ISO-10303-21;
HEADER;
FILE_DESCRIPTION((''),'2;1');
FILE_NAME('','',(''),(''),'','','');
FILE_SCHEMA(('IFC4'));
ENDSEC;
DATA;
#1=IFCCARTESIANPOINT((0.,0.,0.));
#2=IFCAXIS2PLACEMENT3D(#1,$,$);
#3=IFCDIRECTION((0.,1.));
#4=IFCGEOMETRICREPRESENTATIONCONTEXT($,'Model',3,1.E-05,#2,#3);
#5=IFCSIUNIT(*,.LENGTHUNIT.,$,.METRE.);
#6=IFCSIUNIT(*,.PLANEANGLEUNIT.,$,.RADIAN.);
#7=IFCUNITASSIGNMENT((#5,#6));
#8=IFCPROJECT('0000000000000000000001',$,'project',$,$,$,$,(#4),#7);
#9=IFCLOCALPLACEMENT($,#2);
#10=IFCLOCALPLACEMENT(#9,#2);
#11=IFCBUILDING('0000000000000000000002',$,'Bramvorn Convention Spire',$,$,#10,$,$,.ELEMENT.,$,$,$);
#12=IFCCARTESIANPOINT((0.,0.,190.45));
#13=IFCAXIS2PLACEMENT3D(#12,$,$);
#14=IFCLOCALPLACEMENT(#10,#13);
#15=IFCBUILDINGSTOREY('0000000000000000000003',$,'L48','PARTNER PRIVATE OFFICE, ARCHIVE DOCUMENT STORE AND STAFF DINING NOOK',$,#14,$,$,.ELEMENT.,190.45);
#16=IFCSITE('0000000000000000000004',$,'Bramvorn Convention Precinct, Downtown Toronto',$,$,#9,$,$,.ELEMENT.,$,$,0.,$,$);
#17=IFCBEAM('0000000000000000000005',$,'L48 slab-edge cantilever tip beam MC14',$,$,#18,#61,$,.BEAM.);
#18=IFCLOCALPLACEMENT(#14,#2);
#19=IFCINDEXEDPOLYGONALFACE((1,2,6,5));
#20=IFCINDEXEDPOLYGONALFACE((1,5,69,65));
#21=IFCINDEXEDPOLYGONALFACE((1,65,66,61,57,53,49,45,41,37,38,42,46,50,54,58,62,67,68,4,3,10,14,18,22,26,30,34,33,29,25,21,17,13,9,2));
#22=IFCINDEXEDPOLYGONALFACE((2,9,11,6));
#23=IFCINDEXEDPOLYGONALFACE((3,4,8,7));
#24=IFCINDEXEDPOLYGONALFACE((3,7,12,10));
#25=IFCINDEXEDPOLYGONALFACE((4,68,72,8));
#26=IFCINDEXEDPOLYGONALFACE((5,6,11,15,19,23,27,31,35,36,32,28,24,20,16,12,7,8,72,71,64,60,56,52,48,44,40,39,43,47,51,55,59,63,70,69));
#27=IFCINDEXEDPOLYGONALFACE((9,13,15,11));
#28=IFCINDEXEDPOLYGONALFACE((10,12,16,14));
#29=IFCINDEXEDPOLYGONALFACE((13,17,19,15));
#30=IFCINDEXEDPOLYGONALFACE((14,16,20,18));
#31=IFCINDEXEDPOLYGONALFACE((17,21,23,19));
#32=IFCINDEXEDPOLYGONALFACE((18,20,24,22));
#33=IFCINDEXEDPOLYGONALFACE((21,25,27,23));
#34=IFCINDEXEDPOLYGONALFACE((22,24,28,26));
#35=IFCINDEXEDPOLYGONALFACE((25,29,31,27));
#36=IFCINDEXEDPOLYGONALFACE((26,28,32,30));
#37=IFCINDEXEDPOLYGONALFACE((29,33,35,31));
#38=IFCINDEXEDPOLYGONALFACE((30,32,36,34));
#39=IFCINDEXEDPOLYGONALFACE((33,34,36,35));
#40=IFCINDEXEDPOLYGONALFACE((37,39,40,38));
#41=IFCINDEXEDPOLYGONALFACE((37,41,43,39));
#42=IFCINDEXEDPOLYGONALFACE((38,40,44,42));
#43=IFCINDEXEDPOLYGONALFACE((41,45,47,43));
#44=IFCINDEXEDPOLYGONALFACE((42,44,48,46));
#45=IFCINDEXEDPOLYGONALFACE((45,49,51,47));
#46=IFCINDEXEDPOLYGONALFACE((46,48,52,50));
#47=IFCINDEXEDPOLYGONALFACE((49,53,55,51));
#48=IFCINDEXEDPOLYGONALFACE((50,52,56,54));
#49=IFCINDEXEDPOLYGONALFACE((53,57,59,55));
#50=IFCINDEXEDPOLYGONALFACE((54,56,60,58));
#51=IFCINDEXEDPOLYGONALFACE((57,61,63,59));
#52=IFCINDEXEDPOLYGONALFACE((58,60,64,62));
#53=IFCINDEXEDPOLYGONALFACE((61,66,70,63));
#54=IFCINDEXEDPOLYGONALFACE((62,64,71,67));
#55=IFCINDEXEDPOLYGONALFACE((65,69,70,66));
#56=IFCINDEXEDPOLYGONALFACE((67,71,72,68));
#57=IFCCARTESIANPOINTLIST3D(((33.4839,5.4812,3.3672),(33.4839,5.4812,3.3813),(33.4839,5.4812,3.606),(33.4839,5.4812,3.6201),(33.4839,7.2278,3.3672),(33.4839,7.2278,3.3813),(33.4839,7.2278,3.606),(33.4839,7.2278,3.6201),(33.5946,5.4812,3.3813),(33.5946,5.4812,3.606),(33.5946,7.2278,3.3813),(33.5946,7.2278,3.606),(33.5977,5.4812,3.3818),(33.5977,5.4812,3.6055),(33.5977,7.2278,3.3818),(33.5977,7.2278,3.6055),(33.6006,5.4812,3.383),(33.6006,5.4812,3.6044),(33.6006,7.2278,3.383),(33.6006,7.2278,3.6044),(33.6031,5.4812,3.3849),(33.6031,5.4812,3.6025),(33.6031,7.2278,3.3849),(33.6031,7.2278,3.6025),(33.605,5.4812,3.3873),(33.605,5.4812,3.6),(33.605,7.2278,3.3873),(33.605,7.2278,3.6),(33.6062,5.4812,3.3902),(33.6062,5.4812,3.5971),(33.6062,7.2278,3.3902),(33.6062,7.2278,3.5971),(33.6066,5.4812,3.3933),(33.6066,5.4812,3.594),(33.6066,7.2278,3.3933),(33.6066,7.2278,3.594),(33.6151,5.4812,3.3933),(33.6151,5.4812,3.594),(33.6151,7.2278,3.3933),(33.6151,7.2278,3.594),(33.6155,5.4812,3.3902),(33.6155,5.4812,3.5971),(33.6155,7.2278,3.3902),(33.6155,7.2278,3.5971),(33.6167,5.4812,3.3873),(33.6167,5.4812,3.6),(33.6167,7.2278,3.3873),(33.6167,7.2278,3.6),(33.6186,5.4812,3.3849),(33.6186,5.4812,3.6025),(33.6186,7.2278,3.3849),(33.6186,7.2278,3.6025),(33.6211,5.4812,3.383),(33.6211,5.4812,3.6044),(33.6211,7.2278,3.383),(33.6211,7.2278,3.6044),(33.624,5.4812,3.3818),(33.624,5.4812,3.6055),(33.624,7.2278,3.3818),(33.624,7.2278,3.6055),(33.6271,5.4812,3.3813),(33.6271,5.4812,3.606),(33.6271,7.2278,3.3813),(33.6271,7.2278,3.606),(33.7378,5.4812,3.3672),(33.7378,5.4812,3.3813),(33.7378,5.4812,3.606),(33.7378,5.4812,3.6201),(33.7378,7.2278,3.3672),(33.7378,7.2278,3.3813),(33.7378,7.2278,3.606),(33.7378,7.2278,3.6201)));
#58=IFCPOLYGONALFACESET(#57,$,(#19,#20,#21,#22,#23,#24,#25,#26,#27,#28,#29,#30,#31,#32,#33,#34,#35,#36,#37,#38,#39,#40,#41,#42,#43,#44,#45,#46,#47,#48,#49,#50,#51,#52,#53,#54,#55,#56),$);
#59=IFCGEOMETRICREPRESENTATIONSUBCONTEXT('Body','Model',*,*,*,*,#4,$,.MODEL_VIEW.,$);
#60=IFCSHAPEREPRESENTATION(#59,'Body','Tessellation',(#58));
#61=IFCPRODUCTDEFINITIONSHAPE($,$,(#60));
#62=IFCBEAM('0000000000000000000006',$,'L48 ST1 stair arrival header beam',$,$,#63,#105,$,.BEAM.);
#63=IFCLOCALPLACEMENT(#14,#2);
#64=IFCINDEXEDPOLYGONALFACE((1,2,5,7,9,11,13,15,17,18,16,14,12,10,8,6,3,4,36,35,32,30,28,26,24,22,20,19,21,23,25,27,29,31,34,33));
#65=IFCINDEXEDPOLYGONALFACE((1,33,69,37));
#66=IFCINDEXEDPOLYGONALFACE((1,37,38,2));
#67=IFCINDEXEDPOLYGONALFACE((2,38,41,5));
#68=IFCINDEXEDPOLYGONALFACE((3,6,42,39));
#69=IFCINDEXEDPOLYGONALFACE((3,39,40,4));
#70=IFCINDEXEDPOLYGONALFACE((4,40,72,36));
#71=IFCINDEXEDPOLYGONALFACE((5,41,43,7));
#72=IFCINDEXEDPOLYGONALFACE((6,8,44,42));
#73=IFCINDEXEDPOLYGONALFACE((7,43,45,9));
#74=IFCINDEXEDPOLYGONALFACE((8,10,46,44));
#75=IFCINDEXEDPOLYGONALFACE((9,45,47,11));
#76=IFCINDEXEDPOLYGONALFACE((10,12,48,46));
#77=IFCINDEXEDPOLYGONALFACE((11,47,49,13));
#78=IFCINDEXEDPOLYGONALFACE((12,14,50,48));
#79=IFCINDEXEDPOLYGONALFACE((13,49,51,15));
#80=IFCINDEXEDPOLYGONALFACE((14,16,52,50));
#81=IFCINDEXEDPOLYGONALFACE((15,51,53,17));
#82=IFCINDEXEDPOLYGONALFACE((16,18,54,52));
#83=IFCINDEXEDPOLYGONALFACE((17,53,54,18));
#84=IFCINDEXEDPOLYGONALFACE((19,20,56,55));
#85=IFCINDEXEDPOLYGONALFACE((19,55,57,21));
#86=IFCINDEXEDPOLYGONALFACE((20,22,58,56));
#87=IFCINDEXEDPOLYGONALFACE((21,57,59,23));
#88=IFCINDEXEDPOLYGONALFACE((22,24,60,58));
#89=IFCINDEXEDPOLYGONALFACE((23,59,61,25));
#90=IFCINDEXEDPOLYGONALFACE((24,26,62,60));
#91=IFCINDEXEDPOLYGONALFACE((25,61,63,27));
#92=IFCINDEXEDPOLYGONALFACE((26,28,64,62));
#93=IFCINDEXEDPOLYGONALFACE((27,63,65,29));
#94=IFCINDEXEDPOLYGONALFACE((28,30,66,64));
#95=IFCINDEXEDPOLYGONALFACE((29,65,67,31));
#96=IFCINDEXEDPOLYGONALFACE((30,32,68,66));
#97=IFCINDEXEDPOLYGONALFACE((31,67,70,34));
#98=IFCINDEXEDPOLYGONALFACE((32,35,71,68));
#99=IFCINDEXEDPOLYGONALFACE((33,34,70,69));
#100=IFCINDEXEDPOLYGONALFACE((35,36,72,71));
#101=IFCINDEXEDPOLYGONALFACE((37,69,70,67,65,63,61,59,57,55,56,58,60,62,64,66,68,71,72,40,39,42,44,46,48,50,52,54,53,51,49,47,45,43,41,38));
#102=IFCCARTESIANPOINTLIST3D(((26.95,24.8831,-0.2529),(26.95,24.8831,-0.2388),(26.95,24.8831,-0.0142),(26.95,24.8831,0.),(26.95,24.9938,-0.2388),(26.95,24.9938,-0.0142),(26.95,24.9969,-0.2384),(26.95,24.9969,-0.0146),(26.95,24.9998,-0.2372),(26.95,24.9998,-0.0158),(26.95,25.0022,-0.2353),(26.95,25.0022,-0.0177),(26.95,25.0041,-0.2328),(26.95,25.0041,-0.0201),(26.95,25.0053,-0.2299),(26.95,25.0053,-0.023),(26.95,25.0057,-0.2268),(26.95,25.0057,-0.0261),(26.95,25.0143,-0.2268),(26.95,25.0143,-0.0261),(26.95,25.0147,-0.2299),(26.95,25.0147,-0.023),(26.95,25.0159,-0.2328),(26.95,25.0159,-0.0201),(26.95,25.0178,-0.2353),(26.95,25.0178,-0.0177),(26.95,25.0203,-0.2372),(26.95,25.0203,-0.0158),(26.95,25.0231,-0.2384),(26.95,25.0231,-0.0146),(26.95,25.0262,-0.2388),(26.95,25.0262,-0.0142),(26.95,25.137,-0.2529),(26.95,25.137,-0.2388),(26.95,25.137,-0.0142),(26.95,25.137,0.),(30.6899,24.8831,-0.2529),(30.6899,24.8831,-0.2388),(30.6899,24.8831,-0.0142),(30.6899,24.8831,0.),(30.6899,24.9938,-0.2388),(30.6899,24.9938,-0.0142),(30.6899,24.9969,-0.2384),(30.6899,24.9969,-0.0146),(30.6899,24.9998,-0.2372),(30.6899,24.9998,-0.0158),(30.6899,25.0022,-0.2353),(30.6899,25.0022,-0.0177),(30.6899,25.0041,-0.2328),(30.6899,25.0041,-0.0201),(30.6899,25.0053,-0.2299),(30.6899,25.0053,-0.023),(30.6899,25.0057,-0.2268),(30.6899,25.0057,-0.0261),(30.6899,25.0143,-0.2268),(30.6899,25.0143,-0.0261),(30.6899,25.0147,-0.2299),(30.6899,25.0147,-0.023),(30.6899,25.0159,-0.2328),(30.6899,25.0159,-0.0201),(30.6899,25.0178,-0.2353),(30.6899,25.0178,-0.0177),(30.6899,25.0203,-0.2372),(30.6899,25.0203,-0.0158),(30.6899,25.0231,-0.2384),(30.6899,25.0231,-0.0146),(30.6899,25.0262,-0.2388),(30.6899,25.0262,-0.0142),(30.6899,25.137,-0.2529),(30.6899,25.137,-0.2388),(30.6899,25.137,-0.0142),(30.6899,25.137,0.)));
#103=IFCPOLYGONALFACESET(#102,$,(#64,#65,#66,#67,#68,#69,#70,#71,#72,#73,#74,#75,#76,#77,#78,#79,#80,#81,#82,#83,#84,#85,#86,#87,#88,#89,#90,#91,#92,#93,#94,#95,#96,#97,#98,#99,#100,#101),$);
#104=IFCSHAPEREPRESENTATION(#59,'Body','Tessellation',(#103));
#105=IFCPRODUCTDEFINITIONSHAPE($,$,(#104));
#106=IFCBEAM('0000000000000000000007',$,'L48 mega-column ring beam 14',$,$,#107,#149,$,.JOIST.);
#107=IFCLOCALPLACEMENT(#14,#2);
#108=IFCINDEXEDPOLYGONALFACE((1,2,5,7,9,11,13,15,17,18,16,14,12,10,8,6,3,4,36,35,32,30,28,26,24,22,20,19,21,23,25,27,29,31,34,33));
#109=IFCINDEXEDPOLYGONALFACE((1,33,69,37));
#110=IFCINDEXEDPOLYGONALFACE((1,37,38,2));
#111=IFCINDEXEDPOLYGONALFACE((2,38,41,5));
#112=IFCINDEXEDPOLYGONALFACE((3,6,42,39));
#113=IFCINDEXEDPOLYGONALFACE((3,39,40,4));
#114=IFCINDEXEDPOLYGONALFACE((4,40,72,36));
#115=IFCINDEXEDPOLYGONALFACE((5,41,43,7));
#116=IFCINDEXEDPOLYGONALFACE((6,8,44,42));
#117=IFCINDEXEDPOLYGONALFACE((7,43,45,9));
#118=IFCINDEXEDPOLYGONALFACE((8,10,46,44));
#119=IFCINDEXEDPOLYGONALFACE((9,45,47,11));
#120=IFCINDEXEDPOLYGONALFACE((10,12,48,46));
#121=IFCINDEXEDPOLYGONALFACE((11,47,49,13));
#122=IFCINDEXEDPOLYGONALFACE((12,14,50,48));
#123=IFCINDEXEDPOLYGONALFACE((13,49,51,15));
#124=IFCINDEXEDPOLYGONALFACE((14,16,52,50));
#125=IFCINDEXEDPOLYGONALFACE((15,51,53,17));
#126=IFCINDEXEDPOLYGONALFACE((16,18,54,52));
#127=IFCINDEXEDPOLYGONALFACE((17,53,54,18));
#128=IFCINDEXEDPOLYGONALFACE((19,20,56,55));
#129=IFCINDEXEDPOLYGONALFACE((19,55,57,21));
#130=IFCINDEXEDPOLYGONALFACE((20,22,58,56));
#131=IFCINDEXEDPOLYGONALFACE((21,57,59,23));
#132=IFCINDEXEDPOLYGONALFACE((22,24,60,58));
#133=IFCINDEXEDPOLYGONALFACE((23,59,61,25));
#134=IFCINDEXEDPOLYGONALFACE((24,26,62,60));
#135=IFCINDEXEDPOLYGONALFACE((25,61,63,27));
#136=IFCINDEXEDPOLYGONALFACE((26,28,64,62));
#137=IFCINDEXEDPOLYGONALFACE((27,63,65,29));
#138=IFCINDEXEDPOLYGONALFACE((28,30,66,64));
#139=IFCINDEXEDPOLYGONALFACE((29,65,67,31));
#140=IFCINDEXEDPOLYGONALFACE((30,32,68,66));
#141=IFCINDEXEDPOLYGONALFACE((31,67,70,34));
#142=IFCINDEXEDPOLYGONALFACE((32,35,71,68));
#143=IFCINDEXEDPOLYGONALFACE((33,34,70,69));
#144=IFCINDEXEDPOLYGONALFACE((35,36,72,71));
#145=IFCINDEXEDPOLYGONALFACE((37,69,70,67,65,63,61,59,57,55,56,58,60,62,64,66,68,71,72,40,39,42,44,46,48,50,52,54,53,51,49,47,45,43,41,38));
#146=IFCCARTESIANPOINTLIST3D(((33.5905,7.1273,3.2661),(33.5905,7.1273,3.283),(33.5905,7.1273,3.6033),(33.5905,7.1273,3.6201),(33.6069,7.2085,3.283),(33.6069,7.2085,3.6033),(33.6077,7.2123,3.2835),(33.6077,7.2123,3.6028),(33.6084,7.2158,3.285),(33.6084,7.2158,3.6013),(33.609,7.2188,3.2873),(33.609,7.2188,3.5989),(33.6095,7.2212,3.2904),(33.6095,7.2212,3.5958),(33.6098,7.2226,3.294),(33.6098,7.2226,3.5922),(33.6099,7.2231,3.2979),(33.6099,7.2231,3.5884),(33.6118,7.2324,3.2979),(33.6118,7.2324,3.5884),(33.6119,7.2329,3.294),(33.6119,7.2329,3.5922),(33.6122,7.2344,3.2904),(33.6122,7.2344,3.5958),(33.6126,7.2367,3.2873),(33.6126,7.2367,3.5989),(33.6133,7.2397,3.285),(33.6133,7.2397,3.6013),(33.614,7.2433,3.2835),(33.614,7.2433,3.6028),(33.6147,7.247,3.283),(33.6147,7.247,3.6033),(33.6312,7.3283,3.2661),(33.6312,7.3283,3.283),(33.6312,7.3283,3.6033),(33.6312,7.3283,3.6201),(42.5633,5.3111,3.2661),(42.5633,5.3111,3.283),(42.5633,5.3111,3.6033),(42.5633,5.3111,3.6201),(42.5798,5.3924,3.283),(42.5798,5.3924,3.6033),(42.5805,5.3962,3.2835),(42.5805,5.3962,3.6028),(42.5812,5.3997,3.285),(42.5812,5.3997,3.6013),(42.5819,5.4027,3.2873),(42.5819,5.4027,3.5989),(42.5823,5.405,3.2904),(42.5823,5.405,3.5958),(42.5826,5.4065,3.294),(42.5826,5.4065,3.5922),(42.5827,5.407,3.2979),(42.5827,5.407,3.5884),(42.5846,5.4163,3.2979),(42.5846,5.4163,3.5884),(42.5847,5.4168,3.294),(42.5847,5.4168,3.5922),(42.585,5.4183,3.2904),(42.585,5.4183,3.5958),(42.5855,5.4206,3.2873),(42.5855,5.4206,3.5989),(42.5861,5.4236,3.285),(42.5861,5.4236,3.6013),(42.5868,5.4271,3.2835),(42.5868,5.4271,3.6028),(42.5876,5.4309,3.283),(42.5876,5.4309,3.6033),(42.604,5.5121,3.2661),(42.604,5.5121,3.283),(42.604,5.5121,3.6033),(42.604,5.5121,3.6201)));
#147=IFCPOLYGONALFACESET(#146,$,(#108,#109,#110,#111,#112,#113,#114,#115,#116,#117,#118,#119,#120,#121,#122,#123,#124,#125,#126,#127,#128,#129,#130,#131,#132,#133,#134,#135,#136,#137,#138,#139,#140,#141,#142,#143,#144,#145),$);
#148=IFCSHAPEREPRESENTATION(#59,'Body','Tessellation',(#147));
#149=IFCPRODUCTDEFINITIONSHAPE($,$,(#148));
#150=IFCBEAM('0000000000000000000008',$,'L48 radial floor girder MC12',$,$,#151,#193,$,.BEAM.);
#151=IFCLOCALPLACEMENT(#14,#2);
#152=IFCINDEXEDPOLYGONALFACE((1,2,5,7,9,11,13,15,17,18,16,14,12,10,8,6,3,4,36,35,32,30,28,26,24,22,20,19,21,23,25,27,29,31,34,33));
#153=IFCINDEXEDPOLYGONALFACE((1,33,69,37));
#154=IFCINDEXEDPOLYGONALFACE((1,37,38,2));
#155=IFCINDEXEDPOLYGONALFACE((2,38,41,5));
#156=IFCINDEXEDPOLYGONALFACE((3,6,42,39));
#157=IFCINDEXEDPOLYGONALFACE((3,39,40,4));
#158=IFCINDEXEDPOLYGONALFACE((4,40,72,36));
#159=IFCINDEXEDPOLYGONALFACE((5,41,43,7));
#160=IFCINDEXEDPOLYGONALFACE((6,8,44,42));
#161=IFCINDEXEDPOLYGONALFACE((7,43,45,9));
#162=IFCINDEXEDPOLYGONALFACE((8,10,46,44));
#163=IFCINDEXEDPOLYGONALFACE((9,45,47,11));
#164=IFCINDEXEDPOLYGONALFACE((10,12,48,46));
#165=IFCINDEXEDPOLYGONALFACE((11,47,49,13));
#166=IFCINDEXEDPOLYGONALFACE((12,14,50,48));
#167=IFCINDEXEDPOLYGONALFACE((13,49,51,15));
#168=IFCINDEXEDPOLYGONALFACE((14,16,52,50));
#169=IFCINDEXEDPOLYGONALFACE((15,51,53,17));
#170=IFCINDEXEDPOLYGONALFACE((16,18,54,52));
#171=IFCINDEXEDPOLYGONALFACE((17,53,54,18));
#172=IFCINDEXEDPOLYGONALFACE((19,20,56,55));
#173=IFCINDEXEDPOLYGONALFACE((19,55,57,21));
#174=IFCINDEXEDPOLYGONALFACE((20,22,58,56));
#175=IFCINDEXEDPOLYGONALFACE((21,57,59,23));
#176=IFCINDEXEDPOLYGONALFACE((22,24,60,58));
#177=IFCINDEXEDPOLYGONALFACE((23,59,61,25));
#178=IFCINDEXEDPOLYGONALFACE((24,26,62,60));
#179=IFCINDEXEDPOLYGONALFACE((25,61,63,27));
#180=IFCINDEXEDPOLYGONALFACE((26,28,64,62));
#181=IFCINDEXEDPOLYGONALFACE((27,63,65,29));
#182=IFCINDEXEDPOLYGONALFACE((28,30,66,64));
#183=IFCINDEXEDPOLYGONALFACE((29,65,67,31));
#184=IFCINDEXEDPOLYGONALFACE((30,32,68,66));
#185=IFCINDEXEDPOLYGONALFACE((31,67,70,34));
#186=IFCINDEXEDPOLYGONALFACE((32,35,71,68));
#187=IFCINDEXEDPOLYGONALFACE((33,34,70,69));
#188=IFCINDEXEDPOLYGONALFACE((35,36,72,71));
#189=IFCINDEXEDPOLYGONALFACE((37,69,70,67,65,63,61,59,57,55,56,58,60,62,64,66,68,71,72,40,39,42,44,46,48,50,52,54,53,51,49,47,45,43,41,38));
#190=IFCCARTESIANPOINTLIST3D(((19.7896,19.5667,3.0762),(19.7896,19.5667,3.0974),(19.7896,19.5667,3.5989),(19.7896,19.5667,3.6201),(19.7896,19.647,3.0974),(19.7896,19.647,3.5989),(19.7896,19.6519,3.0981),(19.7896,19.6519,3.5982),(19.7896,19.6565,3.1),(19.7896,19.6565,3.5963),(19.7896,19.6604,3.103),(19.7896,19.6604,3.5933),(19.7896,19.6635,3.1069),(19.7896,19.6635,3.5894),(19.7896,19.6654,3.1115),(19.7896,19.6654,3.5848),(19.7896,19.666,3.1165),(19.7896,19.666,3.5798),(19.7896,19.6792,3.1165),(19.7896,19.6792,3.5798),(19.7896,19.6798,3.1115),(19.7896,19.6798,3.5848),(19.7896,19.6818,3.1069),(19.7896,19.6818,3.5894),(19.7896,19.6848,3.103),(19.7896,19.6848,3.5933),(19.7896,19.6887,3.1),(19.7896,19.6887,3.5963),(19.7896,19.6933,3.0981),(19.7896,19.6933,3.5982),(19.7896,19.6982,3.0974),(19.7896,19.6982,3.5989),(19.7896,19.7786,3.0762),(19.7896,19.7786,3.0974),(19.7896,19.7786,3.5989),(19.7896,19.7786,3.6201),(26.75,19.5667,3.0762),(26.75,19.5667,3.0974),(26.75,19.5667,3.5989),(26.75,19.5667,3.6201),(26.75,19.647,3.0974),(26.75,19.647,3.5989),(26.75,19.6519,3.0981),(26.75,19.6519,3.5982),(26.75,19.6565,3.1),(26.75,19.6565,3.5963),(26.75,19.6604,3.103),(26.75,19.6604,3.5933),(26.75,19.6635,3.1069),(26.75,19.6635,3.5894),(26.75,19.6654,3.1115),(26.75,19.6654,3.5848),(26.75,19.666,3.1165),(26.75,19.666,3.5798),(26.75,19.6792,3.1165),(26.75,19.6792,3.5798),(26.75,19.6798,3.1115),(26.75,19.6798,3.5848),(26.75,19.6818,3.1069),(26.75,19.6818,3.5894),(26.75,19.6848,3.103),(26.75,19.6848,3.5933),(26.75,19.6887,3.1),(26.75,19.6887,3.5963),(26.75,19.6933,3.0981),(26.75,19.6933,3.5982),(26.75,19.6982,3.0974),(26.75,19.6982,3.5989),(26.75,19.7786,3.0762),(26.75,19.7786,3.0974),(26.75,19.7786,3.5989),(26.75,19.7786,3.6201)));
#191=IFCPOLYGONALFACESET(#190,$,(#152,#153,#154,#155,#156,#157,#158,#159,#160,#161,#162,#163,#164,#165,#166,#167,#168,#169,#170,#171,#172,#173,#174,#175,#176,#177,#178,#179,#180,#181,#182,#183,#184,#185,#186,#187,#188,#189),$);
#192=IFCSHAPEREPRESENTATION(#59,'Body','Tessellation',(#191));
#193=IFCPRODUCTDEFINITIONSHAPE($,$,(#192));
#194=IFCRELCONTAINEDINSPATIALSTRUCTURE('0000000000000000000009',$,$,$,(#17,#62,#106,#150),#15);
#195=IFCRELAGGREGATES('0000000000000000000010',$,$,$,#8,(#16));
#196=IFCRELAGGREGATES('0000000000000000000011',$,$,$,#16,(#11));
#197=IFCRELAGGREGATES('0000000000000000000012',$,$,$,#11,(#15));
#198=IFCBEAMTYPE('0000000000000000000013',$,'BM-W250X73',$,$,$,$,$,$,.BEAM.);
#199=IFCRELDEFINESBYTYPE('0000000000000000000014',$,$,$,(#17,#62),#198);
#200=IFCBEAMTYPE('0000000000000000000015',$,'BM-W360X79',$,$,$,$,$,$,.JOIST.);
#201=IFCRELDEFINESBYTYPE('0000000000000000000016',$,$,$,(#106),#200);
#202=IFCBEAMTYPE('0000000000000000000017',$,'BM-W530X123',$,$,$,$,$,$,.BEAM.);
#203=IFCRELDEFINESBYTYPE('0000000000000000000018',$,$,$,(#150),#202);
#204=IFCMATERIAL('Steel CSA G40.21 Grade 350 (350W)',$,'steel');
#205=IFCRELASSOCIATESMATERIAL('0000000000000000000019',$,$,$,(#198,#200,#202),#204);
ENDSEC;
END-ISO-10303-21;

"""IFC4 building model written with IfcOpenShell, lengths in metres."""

from ifc_helpers import new_model, si_unit, direction, frame, origin, origin_2d, place, context, subcontext, project, spatial, i_section, extrude, material, material_profile, profile_set, type_object, element, save


model = new_model("IFC4")

# Units and contexts
model_context = context("Model", 3, precision=1e-05, world=origin(), true_north=direction((0.0, 1.0)))
body_context = subcontext(model_context, "Body", "Model", "MODEL_VIEW")
ifc_project = project(units=[si_unit("LENGTHUNIT", "METRE"), si_unit("PLANEANGLEUNIT", "RADIAN")], contexts=[model_context])

# Site, building, storey
site_placement = place(None, origin())
site = spatial("IfcSite", under=ifc_project, at=site_placement, Name="Bramvorn Convention Precinct, Downtown Toronto", CompositionType="ELEMENT", RefElevation=0.0)
building_placement = place(site_placement, origin())
building = spatial("IfcBuilding", under=site, at=building_placement, Name="Bramvorn Convention Spire", CompositionType="ELEMENT")
storey_placement = place(building_placement, frame((0.0, 0.0, 190.45)))
storey = spatial("IfcBuildingStorey", under=building, at=storey_placement, Name="L48", Description="PARTNER PRIVATE OFFICE, ARCHIVE DOCUMENT STORE AND STAFF DINING NOOK", CompositionType="ELEMENT", Elevation=190.45)

# Shared definitions
ifc_material_1 = material(Name="Steel CSA G40.21 Grade 350 (350W)", Category="steel")

# Beams
ifc_material_profile_1 = material_profile(ifc_material_1, i_section(OverallWidth=0.2539, OverallDepth=0.2529, WebThickness=0.0085, FlangeThickness=0.0142, FilletRadius=0.012, at=origin_2d()))
ifc_profile_set_1 = profile_set([ifc_material_profile_1], Name="Steel CSA G40.21 Grade 350 (350W) - W250X73")
beam_type_1 = type_object("IfcBeamType", Name="BM-W250X73", PredefinedType="BEAM", material=ifc_profile_set_1)
beam_1_placement = place(storey_placement, frame((33.6108, 7.2278, 3.4937), z_axis=(0.0, -1.0, 0.0), x_axis=(1.0, 0.0, 0.0)))
element("IfcBeam", 1, at=beam_1_placement, inside=storey, type_object=beam_type_1, Name="L48 slab-edge cantilever tip beam MC14", PredefinedType="BEAM", context=body_context, shape_type="SweptSolid", body=[
    extrude(i_section(OverallWidth=0.2539, OverallDepth=0.2529, WebThickness=0.0085, FlangeThickness=0.0142, FilletRadius=0.012, at=origin_2d()), origin(), (0.0, 0.0, 1.0), 1.7466),
])
beam_2_placement = place(storey_placement, frame((26.95, 25.01, -0.1265), z_axis=(1.0, 0.0, 0.0), x_axis=(0.0, 1.0, 0.0)))
element("IfcBeam", 2, at=beam_2_placement, inside=storey, type_object=beam_type_1, Name="L48 ST1 stair arrival header beam", PredefinedType="BEAM", context=body_context, shape_type="SweptSolid", body=[
    extrude(i_section(OverallWidth=0.2539, OverallDepth=0.2529, WebThickness=0.0085, FlangeThickness=0.0142, FilletRadius=0.012, at=origin_2d()), origin(), (0.0, 0.0, 1.0), 3.74),
])
ifc_material_profile_2 = material_profile(ifc_material_1, i_section(OverallWidth=0.2051, OverallDepth=0.354, WebThickness=0.0095, FlangeThickness=0.0168, FilletRadius=0.0149, at=origin_2d()))
ifc_profile_set_2 = profile_set([ifc_material_profile_2], Name="Steel CSA G40.21 Grade 350 (350W) - W360X79")
beam_type_2 = type_object("IfcBeamType", Name="BM-W360X79", PredefinedType="JOIST", material=ifc_profile_set_2)
beam_3_placement = place(storey_placement, frame((33.6108, 7.2278, 3.4431), z_axis=(0.980125, -0.198382, 0.0), x_axis=(0.198382, 0.980125, 0.0)))
element("IfcBeam", 3, at=beam_3_placement, inside=storey, type_object=beam_type_2, Name="L48 mega-column ring beam 14", PredefinedType="JOIST", context=body_context, shape_type="SweptSolid", body=[
    extrude(i_section(OverallWidth=0.2051, OverallDepth=0.354, WebThickness=0.0095, FlangeThickness=0.0168, FilletRadius=0.0149, at=origin_2d()), origin(), (0.0, 0.0, 1.0), 9.1548),
])
ifc_material_profile_3 = material_profile(ifc_material_1, i_section(OverallWidth=0.2119, OverallDepth=0.5439, WebThickness=0.0132, FlangeThickness=0.0212, FilletRadius=0.019, at=origin_2d()))
ifc_profile_set_3 = profile_set([ifc_material_profile_3], Name="Steel CSA G40.21 Grade 350 (350W) - W530X123")
beam_type_3 = type_object("IfcBeamType", Name="BM-W530X123", PredefinedType="BEAM", material=ifc_profile_set_3)
beam_4_placement = place(storey_placement, frame((26.75, 19.6726, 3.3481), z_axis=(-1.0, 0.0, 0.0), x_axis=(0.0, -1.0, 0.0)))
element("IfcBeam", 4, at=beam_4_placement, inside=storey, type_object=beam_type_3, Name="L48 radial floor girder MC12", PredefinedType="BEAM", context=body_context, shape_type="SweptSolid", body=[
    extrude(i_section(OverallWidth=0.2119, OverallDepth=0.5439, WebThickness=0.0132, FlangeThickness=0.0212, FilletRadius=0.019, at=origin_2d()), origin(), (0.0, 0.0, 1.0), 6.9604),
])

save(model, "model.ifc")
